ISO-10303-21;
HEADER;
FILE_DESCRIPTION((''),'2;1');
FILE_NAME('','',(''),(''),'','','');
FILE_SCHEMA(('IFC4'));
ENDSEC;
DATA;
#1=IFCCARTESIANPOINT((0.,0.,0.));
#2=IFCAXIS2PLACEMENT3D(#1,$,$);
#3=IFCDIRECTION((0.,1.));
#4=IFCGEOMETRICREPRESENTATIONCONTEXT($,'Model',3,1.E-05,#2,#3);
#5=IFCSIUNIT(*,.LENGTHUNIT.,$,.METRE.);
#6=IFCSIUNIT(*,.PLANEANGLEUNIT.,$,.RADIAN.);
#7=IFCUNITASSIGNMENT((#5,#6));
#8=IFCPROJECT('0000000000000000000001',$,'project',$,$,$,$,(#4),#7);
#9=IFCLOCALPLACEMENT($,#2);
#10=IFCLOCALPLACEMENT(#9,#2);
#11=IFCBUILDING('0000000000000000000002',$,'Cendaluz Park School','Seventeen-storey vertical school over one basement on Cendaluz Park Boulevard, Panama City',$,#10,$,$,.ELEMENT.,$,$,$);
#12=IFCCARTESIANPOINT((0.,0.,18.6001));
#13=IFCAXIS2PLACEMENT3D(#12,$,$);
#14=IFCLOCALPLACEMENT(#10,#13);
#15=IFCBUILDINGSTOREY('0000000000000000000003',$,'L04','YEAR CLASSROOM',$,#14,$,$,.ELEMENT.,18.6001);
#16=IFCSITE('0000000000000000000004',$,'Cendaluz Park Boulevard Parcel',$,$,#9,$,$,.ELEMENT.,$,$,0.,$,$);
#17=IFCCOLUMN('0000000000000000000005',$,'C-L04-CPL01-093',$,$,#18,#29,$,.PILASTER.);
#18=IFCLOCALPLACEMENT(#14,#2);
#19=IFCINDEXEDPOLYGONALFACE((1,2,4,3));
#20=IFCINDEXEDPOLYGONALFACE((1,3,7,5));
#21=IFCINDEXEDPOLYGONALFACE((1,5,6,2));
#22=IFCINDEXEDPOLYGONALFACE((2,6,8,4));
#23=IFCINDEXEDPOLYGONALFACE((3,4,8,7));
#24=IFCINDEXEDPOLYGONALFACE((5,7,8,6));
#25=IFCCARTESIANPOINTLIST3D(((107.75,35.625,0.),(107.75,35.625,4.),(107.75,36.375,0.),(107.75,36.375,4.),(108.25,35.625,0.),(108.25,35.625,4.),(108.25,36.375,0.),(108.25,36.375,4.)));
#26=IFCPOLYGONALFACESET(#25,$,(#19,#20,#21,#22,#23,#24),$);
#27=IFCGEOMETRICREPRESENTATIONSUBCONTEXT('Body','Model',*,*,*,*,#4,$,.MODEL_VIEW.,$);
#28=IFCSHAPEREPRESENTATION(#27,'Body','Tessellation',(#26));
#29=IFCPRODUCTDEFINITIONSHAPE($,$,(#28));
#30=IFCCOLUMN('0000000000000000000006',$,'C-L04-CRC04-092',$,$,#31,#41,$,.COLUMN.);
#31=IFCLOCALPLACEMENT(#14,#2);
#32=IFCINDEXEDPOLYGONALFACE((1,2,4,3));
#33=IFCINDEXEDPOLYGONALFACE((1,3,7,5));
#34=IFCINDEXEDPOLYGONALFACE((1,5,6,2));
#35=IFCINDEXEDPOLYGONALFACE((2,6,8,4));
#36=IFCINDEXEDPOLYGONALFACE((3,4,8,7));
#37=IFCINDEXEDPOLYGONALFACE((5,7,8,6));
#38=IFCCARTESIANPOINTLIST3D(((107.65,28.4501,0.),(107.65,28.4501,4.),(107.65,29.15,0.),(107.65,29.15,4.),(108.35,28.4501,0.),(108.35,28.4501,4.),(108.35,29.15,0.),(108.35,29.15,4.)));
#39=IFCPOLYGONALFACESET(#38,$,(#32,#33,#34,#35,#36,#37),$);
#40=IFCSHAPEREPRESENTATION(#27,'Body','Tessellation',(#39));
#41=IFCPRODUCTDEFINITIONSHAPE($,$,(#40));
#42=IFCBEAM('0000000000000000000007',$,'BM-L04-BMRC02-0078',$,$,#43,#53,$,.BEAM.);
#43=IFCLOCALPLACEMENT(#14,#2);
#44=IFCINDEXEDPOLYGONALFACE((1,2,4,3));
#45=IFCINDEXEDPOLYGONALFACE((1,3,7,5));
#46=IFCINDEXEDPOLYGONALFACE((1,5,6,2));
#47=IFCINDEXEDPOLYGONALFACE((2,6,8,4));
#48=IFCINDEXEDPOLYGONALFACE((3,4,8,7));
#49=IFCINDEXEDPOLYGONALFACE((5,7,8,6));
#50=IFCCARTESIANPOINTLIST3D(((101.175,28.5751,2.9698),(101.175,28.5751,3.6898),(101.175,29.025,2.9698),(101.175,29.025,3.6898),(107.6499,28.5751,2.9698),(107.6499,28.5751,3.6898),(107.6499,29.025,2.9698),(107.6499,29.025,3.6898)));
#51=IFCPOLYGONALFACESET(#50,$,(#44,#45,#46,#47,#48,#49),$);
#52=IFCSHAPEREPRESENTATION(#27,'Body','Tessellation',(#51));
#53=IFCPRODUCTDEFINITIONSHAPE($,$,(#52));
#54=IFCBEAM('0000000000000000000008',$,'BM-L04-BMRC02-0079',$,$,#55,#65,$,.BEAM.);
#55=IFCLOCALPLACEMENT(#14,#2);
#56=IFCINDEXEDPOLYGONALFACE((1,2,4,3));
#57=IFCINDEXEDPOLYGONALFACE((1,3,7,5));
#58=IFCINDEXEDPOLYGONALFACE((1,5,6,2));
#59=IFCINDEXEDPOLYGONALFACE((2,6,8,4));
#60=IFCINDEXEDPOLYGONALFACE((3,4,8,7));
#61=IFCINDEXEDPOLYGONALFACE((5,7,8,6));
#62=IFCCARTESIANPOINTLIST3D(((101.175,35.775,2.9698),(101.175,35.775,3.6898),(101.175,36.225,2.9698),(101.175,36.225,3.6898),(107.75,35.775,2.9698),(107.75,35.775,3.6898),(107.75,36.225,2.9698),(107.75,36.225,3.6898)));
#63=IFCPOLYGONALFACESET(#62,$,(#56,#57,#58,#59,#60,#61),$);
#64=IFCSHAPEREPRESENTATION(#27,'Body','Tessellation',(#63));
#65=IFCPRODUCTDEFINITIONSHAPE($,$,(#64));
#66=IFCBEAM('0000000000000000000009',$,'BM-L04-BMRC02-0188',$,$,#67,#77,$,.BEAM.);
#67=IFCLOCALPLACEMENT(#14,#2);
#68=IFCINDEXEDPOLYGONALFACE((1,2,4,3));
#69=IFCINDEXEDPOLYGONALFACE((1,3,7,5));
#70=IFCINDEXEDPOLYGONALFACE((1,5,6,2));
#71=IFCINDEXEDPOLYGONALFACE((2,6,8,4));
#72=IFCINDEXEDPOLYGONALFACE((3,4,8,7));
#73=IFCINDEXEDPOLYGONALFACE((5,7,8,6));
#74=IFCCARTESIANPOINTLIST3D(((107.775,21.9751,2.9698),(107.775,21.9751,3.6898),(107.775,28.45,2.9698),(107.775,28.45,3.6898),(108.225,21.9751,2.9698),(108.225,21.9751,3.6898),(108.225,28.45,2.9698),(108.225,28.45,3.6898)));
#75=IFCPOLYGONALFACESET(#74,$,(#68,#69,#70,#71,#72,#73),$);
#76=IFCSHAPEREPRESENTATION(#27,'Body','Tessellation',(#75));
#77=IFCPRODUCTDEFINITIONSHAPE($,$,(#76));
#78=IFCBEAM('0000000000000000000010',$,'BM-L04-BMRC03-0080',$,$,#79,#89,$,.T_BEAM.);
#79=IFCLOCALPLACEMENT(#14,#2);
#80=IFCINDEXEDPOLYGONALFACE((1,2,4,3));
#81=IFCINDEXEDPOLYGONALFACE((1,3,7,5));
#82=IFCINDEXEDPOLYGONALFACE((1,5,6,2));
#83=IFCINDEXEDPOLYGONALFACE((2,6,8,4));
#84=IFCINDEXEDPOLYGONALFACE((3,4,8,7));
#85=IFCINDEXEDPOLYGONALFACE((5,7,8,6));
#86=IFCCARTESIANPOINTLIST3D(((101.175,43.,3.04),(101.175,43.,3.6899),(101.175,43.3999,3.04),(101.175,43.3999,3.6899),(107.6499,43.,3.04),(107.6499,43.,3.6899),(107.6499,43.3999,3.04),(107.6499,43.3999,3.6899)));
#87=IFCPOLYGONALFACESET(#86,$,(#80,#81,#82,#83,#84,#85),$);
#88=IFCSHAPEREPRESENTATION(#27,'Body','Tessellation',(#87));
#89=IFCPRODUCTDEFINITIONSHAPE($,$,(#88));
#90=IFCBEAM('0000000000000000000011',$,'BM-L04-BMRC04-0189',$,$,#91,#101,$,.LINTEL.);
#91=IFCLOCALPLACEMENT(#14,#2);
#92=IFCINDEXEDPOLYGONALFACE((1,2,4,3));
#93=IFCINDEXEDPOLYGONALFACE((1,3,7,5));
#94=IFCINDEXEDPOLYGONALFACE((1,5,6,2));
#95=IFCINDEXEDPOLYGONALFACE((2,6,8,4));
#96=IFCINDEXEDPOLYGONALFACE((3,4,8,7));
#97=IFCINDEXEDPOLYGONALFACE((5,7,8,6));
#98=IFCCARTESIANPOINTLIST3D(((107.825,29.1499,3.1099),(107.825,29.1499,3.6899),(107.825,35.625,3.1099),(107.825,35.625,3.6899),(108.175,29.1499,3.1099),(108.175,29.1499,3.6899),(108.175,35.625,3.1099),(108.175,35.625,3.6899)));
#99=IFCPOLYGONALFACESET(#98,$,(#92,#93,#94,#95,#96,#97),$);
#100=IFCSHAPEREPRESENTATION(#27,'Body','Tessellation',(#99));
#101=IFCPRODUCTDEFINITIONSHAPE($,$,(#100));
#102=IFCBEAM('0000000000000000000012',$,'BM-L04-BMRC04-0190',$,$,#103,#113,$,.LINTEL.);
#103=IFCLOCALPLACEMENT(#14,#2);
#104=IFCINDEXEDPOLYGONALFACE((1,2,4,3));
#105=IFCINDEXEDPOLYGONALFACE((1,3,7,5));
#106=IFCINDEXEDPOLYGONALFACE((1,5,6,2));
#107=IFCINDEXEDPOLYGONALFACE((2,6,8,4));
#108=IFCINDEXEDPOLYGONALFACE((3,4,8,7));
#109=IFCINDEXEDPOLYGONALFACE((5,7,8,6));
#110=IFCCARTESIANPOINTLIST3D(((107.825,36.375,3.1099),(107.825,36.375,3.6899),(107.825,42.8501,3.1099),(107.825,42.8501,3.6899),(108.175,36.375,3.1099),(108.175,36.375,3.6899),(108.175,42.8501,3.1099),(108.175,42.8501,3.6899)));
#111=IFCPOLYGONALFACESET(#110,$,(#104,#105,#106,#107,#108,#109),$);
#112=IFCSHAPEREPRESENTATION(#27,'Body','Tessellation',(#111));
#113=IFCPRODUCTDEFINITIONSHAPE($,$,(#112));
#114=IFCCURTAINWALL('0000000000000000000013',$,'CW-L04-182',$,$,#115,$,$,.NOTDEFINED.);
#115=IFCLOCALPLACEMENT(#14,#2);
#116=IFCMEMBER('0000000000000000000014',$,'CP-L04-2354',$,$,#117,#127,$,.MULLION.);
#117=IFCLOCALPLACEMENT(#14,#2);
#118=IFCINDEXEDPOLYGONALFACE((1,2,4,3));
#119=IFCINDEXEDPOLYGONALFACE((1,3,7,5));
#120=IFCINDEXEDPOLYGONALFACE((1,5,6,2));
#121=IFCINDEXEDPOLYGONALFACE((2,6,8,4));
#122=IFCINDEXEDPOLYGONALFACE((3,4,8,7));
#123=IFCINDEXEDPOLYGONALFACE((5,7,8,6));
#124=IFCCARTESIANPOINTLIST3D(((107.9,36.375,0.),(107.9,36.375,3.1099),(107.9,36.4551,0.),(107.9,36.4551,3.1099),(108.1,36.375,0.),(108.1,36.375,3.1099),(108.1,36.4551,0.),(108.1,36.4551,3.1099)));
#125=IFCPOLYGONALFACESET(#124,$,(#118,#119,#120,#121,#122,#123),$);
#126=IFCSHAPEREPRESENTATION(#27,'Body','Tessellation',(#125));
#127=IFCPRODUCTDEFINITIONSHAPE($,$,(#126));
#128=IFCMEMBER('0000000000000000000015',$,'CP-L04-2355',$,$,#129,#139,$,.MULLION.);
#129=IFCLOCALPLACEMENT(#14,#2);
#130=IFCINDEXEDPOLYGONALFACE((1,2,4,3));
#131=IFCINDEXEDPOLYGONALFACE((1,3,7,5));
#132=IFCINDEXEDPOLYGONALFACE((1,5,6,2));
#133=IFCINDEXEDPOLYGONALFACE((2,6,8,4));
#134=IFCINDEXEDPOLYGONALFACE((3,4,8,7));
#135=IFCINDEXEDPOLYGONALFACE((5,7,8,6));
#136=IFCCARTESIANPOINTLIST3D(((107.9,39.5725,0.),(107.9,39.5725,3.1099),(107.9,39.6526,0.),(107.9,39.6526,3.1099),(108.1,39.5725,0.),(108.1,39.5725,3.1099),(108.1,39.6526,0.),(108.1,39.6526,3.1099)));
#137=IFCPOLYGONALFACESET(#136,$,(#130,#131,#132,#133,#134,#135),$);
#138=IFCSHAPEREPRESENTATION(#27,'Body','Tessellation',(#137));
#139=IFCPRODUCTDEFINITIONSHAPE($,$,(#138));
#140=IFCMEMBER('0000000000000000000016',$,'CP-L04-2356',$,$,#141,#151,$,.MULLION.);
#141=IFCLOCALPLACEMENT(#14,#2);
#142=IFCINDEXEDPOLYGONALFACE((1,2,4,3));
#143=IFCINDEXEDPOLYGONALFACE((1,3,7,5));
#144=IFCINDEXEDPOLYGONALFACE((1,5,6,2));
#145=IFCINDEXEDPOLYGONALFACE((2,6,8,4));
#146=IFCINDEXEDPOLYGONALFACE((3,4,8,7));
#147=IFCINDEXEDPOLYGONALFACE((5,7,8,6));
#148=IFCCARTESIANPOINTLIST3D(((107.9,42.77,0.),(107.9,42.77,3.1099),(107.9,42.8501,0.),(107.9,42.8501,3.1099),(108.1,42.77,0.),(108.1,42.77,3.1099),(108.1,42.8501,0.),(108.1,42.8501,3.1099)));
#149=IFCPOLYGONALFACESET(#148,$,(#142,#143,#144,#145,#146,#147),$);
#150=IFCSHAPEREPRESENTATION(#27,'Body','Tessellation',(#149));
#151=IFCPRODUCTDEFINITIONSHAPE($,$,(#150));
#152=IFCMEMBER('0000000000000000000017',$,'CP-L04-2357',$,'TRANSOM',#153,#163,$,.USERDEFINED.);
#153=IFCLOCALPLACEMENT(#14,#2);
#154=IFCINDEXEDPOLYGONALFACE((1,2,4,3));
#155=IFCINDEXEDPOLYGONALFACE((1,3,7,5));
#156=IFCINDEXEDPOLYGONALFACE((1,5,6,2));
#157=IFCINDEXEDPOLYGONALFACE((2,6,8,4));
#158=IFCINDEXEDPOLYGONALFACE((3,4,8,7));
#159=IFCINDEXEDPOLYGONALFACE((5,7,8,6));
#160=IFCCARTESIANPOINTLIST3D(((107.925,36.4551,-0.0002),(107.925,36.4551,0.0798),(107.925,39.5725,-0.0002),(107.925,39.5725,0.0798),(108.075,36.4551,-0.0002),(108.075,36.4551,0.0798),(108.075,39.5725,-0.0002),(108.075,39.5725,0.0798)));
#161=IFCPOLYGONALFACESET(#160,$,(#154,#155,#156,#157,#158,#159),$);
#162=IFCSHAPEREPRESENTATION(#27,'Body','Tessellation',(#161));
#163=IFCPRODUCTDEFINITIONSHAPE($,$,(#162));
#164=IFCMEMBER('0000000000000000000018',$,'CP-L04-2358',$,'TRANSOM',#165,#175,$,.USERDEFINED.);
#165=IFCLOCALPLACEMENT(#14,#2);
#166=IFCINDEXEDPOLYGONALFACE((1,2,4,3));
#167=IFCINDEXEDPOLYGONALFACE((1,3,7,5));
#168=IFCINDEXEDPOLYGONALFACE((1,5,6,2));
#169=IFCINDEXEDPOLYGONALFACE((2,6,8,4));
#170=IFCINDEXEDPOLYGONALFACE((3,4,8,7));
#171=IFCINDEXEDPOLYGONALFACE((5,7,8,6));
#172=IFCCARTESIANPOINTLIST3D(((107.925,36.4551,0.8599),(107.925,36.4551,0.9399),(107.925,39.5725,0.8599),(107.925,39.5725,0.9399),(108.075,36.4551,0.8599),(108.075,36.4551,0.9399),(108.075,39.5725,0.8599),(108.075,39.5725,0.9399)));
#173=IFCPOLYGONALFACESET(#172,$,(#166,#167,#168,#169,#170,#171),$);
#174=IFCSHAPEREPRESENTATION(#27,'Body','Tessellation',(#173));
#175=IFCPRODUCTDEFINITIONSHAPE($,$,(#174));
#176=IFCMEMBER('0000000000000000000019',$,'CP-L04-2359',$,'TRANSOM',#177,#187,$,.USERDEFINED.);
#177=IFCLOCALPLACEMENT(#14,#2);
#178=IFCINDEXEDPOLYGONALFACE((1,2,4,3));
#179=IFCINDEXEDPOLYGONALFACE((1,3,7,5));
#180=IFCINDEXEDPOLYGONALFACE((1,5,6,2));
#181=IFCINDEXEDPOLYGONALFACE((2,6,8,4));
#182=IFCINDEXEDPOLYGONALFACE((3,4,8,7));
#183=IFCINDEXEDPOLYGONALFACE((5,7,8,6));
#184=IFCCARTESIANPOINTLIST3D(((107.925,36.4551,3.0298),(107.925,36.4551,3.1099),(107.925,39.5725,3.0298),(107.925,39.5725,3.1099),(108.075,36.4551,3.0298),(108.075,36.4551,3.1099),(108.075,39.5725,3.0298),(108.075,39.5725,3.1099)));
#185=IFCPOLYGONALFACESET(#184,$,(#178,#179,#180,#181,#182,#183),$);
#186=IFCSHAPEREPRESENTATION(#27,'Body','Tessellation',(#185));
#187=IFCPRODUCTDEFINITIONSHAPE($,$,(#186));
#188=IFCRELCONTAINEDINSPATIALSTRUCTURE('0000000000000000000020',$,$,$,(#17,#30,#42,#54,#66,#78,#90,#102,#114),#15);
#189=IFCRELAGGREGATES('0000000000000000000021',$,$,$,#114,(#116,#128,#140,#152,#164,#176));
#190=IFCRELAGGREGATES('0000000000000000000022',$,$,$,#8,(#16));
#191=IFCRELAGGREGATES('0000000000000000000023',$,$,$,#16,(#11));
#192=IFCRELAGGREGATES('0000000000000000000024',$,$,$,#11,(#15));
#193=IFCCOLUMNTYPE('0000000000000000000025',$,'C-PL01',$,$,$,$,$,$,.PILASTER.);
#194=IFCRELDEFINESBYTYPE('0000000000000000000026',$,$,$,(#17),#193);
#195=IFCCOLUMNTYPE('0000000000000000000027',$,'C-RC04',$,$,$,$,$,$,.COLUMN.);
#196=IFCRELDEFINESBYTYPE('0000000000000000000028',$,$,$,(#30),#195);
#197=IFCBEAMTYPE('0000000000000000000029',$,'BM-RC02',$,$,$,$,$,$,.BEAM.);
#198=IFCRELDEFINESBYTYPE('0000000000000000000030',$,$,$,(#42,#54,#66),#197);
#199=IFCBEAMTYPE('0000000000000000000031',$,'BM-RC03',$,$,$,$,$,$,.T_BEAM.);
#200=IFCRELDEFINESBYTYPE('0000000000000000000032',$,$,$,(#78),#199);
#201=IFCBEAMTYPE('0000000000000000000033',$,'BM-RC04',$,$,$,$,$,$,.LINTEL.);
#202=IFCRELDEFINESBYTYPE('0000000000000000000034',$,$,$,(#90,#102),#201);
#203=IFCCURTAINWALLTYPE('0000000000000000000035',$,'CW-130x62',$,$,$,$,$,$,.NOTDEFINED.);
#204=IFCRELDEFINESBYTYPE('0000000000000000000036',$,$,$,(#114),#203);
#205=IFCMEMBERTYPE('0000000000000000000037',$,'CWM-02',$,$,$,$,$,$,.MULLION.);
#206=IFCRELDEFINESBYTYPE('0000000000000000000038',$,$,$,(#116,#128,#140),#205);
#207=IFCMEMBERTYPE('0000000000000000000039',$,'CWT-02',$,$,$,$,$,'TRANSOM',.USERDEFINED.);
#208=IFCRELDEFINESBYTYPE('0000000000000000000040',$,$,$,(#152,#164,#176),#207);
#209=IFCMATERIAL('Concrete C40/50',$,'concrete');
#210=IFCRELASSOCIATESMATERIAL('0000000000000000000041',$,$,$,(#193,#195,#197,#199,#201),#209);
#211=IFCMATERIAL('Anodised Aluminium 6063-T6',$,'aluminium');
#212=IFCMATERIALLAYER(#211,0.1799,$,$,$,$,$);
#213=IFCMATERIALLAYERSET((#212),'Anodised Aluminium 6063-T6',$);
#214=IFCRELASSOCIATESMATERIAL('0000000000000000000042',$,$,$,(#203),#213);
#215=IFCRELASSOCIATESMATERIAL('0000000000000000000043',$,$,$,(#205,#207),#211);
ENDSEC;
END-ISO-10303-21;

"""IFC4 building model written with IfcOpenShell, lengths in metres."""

from ifc_helpers import new_model, si_unit, direction, frame, origin, origin_2d, place, context, subcontext, project, spatial, rectangle, extrude, material, layer, layer_set, material_profile, profile_set, type_object, element, aggregate, save


model = new_model("IFC4")

# Units and contexts
model_context = context("Model", 3, precision=1e-05, world=origin(), true_north=direction((0.0, 1.0)))
body_context = subcontext(model_context, "Body", "Model", "MODEL_VIEW")
ifc_project = project(units=[si_unit("LENGTHUNIT", "METRE"), si_unit("PLANEANGLEUNIT", "RADIAN")], contexts=[model_context])

# Site, building, storey
site_placement = place(None, origin())
site = spatial("IfcSite", under=ifc_project, at=site_placement, Name="Cendaluz Park Boulevard Parcel", CompositionType="ELEMENT", RefElevation=0.0)
building_placement = place(site_placement, origin())
building = spatial("IfcBuilding", under=site, at=building_placement, Name="Cendaluz Park School", Description="Seventeen-storey vertical school over one basement on Cendaluz Park Boulevard, Panama City", CompositionType="ELEMENT")
storey_placement = place(building_placement, frame((0.0, 0.0, 18.6001)))
storey = spatial("IfcBuildingStorey", under=building, at=storey_placement, Name="L04", Description="YEAR CLASSROOM", CompositionType="ELEMENT", Elevation=18.6001)

# Columns
ifc_material_1 = material(Name="Concrete C40/50", Category="concrete")
ifc_material_profile_1 = material_profile(ifc_material_1, rectangle(XDim=0.5, YDim=0.75, at=origin_2d()), Name="RC 500x750", Category="concrete")
ifc_profile_set_1 = profile_set([ifc_material_profile_1], Name="Concrete C40/50")
column_type_1 = type_object("IfcColumnType", Name="C-PL01", PredefinedType="PILASTER", material=ifc_profile_set_1)
column_1_placement = place(storey_placement, frame((108.0, 36.0, 0.0), z_axis=(0.0, 0.0, 1.0), x_axis=(1.0, 0.0, 0.0)))
element("IfcColumn", 1, at=column_1_placement, inside=storey, type_object=column_type_1, Name="C-L04-CPL01-093", PredefinedType="PILASTER", context=body_context, shape_type="SweptSolid", body=[
    extrude(rectangle(XDim=0.5, YDim=0.75, at=origin_2d()), origin(), (0.0, 0.0, 1.0), 4.0),
])
ifc_material_profile_2 = material_profile(ifc_material_1, rectangle(XDim=0.7, YDim=0.7, at=origin_2d()), Name="RC 700x700", Category="concrete")
ifc_profile_set_2 = profile_set([ifc_material_profile_2], Name="Concrete C40/50")
column_type_2 = type_object("IfcColumnType", Name="C-RC04", PredefinedType="COLUMN", material=ifc_profile_set_2)
column_2_placement = place(storey_placement, frame((108.0, 28.8, 0.0), z_axis=(0.0, 0.0, 1.0), x_axis=(1.0, 0.0, 0.0)))
element("IfcColumn", 2, at=column_2_placement, inside=storey, type_object=column_type_2, Name="C-L04-CRC04-092", PredefinedType="COLUMN", context=body_context, shape_type="SweptSolid", body=[
    extrude(rectangle(XDim=0.7, YDim=0.7, at=origin_2d()), origin(), (0.0, 0.0, 1.0), 4.0),
])

# Beams
ifc_material_profile_3 = material_profile(ifc_material_1, rectangle(XDim=0.45, YDim=0.72, at=origin_2d()), Name="RC 450x720", Category="concrete")
ifc_profile_set_3 = profile_set([ifc_material_profile_3], Name="Concrete C40/50")
beam_type_1 = type_object("IfcBeamType", Name="BM-RC02", PredefinedType="BEAM", material=ifc_profile_set_3)
beam_1_placement = place(storey_placement, frame((101.175, 28.8, 3.3298), z_axis=(1.0, 0.0, 0.0), x_axis=(0.0, 1.0, 0.0)))
element("IfcBeam", 3, at=beam_1_placement, inside=storey, type_object=beam_type_1, Name="BM-L04-BMRC02-0078", PredefinedType="BEAM", context=body_context, shape_type="SweptSolid", body=[
    extrude(rectangle(XDim=0.45, YDim=0.72, at=origin_2d()), origin(), (0.0, 0.0, 1.0), 6.4749),
])
beam_2_placement = place(storey_placement, frame((101.175, 36.0, 3.3298), z_axis=(1.0, 0.0, 0.0), x_axis=(0.0, 1.0, 0.0)))
element("IfcBeam", 4, at=beam_2_placement, inside=storey, type_object=beam_type_1, Name="BM-L04-BMRC02-0079", PredefinedType="BEAM", context=body_context, shape_type="SweptSolid", body=[
    extrude(rectangle(XDim=0.45, YDim=0.72, at=origin_2d()), origin(), (0.0, 0.0, 1.0), 6.575),
])
beam_3_placement = place(storey_placement, frame((108.0, 21.9751, 3.3298), z_axis=(0.0, 1.0, 0.0), x_axis=(-1.0, 0.0, 0.0)))
element("IfcBeam", 5, at=beam_3_placement, inside=storey, type_object=beam_type_1, Name="BM-L04-BMRC02-0188", PredefinedType="BEAM", context=body_context, shape_type="SweptSolid", body=[
    extrude(rectangle(XDim=0.45, YDim=0.72, at=origin_2d()), origin(), (0.0, 0.0, 1.0), 6.4749),
])
ifc_material_profile_4 = material_profile(ifc_material_1, rectangle(XDim=0.3999, YDim=0.6499, at=origin_2d()), Name="RC 400x650", Category="concrete")
ifc_profile_set_4 = profile_set([ifc_material_profile_4], Name="Concrete C40/50")
beam_type_2 = type_object("IfcBeamType", Name="BM-RC03", PredefinedType="T_BEAM", material=ifc_profile_set_4)
beam_4_placement = place(storey_placement, frame((101.175, 43.2, 3.365), z_axis=(1.0, 0.0, 0.0), x_axis=(0.0, 1.0, 0.0)))
element("IfcBeam", 6, at=beam_4_placement, inside=storey, type_object=beam_type_2, Name="BM-L04-BMRC03-0080", PredefinedType="T_BEAM", context=body_context, shape_type="SweptSolid", body=[
    extrude(rectangle(XDim=0.3999, YDim=0.6499, at=origin_2d()), origin(), (0.0, 0.0, 1.0), 6.4749),
])
ifc_material_profile_5 = material_profile(ifc_material_1, rectangle(XDim=0.3501, YDim=0.5801, at=origin_2d()), Name="RC 350x580", Category="concrete")
ifc_profile_set_5 = profile_set([ifc_material_profile_5], Name="Concrete C40/50")
beam_type_3 = type_object("IfcBeamType", Name="BM-RC04", PredefinedType="LINTEL", material=ifc_profile_set_5)
for number, where, z_axis, x_axis, name in (
    (7, (108.0, 29.1499, 3.3999), (0.0, 1.0, 0.0), (-1.0, 0.0, 0.0), "BM-L04-BMRC04-0189"),
    (8, (108.0, 36.375, 3.3999), (0.0, 1.0, 0.0), (-1.0, 0.0, 0.0), "BM-L04-BMRC04-0190"),
):
    element("IfcBeam", number, at=place(storey_placement, frame(where, z_axis=z_axis, x_axis=x_axis)), inside=storey, type_object=beam_type_3, Name=name, PredefinedType="LINTEL", context=body_context, shape_type="SweptSolid", body=[
        extrude(rectangle(XDim=0.3501, YDim=0.5801, at=origin_2d()), origin(), (0.0, 0.0, 1.0), 6.4751),
    ])

# Curtain wall, members
ifc_material_2 = material(Name="Anodised Aluminium 6063-T6", Category="aluminium")
ifc_layer_1 = layer(ifc_material_2, 0.1799)
ifc_layer_set_1 = layer_set([ifc_layer_1], Name="Anodised Aluminium 6063-T6")
curtain_wall_type = type_object("IfcCurtainWallType", Name="CW-130x62", PredefinedType="NOTDEFINED", material=ifc_layer_set_1)
curtain_wall_placement = place(storey_placement, origin())
curtain_wall = element("IfcCurtainWall", 9, at=curtain_wall_placement, inside=storey, type_object=curtain_wall_type, Name="CW-L04-182", PredefinedType="NOTDEFINED")
ifc_material_profile_6 = material_profile(ifc_material_2, rectangle(XDim=0.2, YDim=0.0801, at=origin_2d()), Name="CWM 200x80", Category="aluminium")
ifc_profile_set_6 = profile_set([ifc_material_profile_6], Name="Anodised Aluminium 6063-T6")
member_type_1 = type_object("IfcMemberType", Name="CWM-02", PredefinedType="MULLION", material=ifc_profile_set_6)
member_1_placement = place(storey_placement, frame((108.0, 36.415, 0.0), z_axis=(0.0, 0.0, 1.0), x_axis=(-1.0, 0.0, 0.0)))
member_1 = element("IfcMember", 10, at=member_1_placement, type_object=member_type_1, Name="CP-L04-2354", PredefinedType="MULLION", context=body_context, shape_type="SweptSolid", body=[
    extrude(rectangle(XDim=0.2, YDim=0.0801, at=origin_2d()), origin(), (0.0, 0.0, 1.0), 3.1099),
])
member_2_placement = place(storey_placement, frame((108.0, 39.6125, 0.0), z_axis=(0.0, 0.0, 1.0), x_axis=(-1.0, 0.0, 0.0)))
member_2 = element("IfcMember", 11, at=member_2_placement, type_object=member_type_1, Name="CP-L04-2355", PredefinedType="MULLION", context=body_context, shape_type="SweptSolid", body=[
    extrude(rectangle(XDim=0.2, YDim=0.0801, at=origin_2d()), origin(), (0.0, 0.0, 1.0), 3.1099),
])
member_3_placement = place(storey_placement, frame((108.0, 42.8101, 0.0), z_axis=(0.0, 0.0, 1.0), x_axis=(-1.0, 0.0, 0.0)))
member_3 = element("IfcMember", 12, at=member_3_placement, type_object=member_type_1, Name="CP-L04-2356", PredefinedType="MULLION", context=body_context, shape_type="SweptSolid", body=[
    extrude(rectangle(XDim=0.2, YDim=0.0801, at=origin_2d()), origin(), (0.0, 0.0, 1.0), 3.1099),
])
ifc_material_profile_7 = material_profile(ifc_material_2, rectangle(XDim=0.1499, YDim=0.0801, at=origin_2d()), Name="CWT 150x80", Category="aluminium")
ifc_profile_set_7 = profile_set([ifc_material_profile_7], Name="Anodised Aluminium 6063-T6")
member_type_2 = type_object("IfcMemberType", Name="CWT-02", ElementType="TRANSOM", PredefinedType="USERDEFINED", material=ifc_profile_set_7)
member_4_placement = place(storey_placement, frame((108.0, 36.4551, 0.0398), z_axis=(0.0, 1.0, 0.0), x_axis=(-1.0, 0.0, 0.0)))
member_4 = element("IfcMember", 13, at=member_4_placement, type_object=member_type_2, Name="CP-L04-2357", ObjectType="TRANSOM", PredefinedType="USERDEFINED", context=body_context, shape_type="SweptSolid", body=[
    extrude(rectangle(XDim=0.1499, YDim=0.0801, at=origin_2d()), origin(), (0.0, 0.0, 1.0), 3.1174),
])
member_5_placement = place(storey_placement, frame((108.0, 36.4551, 0.8999), z_axis=(0.0, 1.0, 0.0), x_axis=(-1.0, 0.0, 0.0)))
member_5 = element("IfcMember", 14, at=member_5_placement, type_object=member_type_2, Name="CP-L04-2358", ObjectType="TRANSOM", PredefinedType="USERDEFINED", context=body_context, shape_type="SweptSolid", body=[
    extrude(rectangle(XDim=0.1499, YDim=0.0801, at=origin_2d()), origin(), (0.0, 0.0, 1.0), 3.1174),
])
member_6_placement = place(storey_placement, frame((108.0, 36.4551, 3.0698), z_axis=(0.0, 1.0, 0.0), x_axis=(-1.0, 0.0, 0.0)))
member_6 = element("IfcMember", 15, at=member_6_placement, type_object=member_type_2, Name="CP-L04-2359", ObjectType="TRANSOM", PredefinedType="USERDEFINED", context=body_context, shape_type="SweptSolid", body=[
    extrude(rectangle(XDim=0.1499, YDim=0.0801, at=origin_2d()), origin(), (0.0, 0.0, 1.0), 3.1174),
])
aggregate(curtain_wall, [member_1, member_2, member_3, member_4, member_5, member_6])

save(model, "model.ifc")
